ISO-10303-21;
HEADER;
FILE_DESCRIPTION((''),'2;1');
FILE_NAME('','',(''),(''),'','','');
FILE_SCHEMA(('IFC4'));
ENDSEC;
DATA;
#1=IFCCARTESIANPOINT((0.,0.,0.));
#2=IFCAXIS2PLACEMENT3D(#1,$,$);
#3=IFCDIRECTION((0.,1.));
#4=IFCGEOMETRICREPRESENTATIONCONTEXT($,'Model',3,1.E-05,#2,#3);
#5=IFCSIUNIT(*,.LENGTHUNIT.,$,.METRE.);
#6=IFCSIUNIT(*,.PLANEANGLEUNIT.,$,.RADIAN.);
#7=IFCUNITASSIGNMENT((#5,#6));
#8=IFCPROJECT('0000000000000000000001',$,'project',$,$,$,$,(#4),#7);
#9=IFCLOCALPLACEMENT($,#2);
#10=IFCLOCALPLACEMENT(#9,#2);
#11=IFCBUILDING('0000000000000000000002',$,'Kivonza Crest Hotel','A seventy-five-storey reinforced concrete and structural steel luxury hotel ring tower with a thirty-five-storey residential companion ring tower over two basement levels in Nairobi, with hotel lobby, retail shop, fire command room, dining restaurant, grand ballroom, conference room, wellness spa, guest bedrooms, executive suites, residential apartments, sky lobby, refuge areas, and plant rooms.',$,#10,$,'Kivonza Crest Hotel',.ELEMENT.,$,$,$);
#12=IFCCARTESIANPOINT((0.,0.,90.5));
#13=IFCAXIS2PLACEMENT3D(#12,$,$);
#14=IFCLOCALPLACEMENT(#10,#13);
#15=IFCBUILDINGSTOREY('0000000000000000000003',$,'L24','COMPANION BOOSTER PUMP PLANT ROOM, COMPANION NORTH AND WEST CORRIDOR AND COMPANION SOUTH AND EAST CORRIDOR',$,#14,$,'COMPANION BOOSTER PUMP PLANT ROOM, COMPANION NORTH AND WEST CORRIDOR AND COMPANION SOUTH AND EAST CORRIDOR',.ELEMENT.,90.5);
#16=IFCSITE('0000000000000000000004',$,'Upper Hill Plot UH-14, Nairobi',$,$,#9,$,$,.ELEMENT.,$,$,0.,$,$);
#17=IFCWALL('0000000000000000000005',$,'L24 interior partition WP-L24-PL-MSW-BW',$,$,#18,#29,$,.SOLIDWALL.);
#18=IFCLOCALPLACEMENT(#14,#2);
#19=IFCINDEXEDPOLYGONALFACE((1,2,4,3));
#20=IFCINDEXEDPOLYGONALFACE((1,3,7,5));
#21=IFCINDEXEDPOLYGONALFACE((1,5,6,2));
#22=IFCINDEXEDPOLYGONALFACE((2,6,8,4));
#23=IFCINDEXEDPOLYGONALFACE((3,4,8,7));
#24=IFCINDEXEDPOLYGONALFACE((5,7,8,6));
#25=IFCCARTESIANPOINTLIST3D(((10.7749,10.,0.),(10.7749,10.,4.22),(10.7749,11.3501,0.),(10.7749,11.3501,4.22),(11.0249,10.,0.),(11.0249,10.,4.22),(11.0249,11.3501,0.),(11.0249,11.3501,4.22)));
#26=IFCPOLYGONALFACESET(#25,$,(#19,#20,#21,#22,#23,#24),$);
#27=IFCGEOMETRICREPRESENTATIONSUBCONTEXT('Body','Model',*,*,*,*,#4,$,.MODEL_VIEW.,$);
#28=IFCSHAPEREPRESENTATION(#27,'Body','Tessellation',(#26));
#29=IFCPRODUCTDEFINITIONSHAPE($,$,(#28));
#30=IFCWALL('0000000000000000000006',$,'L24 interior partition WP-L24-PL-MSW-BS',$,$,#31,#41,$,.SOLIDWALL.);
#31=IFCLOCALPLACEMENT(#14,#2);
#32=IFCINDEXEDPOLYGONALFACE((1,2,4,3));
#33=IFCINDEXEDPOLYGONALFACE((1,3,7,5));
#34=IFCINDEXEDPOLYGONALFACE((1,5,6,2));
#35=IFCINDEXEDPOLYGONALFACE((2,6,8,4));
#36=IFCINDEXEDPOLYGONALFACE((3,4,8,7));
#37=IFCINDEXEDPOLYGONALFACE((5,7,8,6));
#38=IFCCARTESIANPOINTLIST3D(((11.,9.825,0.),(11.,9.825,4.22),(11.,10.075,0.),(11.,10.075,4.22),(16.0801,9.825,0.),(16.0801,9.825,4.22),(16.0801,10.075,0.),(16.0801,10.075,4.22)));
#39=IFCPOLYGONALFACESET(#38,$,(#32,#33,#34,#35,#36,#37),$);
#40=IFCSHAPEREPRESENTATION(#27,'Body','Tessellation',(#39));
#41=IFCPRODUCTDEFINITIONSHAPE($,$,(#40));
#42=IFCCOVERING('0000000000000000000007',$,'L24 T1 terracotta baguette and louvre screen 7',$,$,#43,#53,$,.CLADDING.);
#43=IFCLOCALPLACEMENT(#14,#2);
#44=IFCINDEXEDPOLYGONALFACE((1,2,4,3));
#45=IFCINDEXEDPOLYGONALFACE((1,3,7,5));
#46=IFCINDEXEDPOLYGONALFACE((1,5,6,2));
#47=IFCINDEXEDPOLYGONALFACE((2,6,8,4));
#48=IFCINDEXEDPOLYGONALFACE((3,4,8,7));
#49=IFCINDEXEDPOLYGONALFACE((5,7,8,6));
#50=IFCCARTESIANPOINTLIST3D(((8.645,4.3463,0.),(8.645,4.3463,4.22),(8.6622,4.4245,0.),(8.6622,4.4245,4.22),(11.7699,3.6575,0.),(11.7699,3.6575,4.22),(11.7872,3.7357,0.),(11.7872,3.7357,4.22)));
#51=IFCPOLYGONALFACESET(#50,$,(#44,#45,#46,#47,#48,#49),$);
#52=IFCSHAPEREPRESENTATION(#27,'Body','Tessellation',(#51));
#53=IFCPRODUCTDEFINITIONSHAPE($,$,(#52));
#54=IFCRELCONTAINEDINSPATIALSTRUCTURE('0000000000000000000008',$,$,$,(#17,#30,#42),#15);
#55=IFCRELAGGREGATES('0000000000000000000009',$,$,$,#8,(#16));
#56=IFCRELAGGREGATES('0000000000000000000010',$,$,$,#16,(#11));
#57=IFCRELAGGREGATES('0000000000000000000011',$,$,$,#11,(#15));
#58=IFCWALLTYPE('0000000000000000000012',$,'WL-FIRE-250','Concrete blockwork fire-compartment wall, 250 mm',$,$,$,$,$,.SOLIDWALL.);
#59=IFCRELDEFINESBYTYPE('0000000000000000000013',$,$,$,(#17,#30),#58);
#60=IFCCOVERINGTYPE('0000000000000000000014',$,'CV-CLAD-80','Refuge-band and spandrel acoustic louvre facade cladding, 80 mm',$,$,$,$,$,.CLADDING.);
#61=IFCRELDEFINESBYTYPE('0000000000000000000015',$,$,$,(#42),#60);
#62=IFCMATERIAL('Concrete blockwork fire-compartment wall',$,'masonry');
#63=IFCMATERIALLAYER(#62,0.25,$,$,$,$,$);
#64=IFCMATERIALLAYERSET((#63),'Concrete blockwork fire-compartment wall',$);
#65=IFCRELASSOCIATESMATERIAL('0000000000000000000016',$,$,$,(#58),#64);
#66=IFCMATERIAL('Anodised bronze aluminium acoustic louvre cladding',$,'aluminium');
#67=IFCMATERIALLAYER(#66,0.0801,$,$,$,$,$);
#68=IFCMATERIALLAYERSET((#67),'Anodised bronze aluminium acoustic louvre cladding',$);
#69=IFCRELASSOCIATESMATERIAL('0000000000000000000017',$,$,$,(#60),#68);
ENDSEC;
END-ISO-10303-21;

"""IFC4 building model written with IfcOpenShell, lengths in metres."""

from ifc_helpers import new_model, si_unit, direction, frame, frame_2d, origin, origin_2d, place, context, subcontext, project, spatial, rectangle, extrude, material, layer, layer_set, type_object, element, save


model = new_model("IFC4")

# Units and contexts
model_context = context("Model", 3, precision=1e-05, world=origin(), true_north=direction((0.0, 1.0)))
body_context = subcontext(model_context, "Body", "Model", "MODEL_VIEW")
ifc_project = project(units=[si_unit("LENGTHUNIT", "METRE"), si_unit("PLANEANGLEUNIT", "RADIAN")], contexts=[model_context])

# Site, building, storey
site_placement = place(None, origin())
site = spatial("IfcSite", under=ifc_project, at=site_placement, Name="Upper Hill Plot UH-14, Nairobi", CompositionType="ELEMENT", RefElevation=0.0)
building_placement = place(site_placement, origin())
building = spatial("IfcBuilding", under=site, at=building_placement, Name="Kivonza Crest Hotel", Description="A seventy-five-storey reinforced concrete and structural steel luxury hotel ring tower with a thirty-five-storey residential companion ring tower over two basement levels in Nairobi, with hotel lobby, retail shop, fire command room, dining restaurant, grand ballroom, conference room, wellness spa, guest bedrooms, executive suites, residential apartments, sky lobby, refuge areas, and plant rooms.", LongName="Kivonza Crest Hotel", CompositionType="ELEMENT")
storey_placement = place(building_placement, frame((0.0, 0.0, 90.5)))
storey = spatial("IfcBuildingStorey", under=building, at=storey_placement, Name="L24", Description="COMPANION BOOSTER PUMP PLANT ROOM, COMPANION NORTH AND WEST CORRIDOR AND COMPANION SOUTH AND EAST CORRIDOR", LongName="COMPANION BOOSTER PUMP PLANT ROOM, COMPANION NORTH AND WEST CORRIDOR AND COMPANION SOUTH AND EAST CORRIDOR", CompositionType="ELEMENT", Elevation=90.5)

# Walls
ifc_material_1 = material(Name="Concrete blockwork fire-compartment wall", Category="masonry")
ifc_layer_1 = layer(ifc_material_1, 0.25)
ifc_layer_set_1 = layer_set([ifc_layer_1], Name="Concrete blockwork fire-compartment wall")
wall_type_1 = type_object("IfcWallType", Name="WL-FIRE-250", Description="Concrete blockwork fire-compartment wall, 250 mm", PredefinedType="SOLIDWALL", material=ifc_layer_set_1)
wall_1_placement = place(storey_placement, frame((10.8999, 10.0, 0.0), z_axis=(0.0, 0.0, 1.0), x_axis=(0.0, 1.0, 0.0)))
element("IfcWall", 1, at=wall_1_placement, inside=storey, type_object=wall_type_1, Name="L24 interior partition WP-L24-PL-MSW-BW", PredefinedType="SOLIDWALL", context=body_context, shape_type="SweptSolid", body=[
    extrude(rectangle(XDim=1.3501, YDim=0.25, at=frame_2d((0.675, 0.0))), origin(), (0.0, 0.0, 1.0), 4.22),
])
wall_2_placement = place(storey_placement, frame((11.0, 9.95, 0.0), z_axis=(0.0, 0.0, 1.0), x_axis=(1.0, 0.0, 0.0)))
element("IfcWall", 2, at=wall_2_placement, inside=storey, type_object=wall_type_1, Name="L24 interior partition WP-L24-PL-MSW-BS", PredefinedType="SOLIDWALL", context=body_context, shape_type="SweptSolid", body=[
    extrude(rectangle(XDim=5.0801, YDim=0.25, at=frame_2d((2.54, 0.0))), origin(), (0.0, 0.0, 1.0), 4.22),
])

# Covering
ifc_material_2 = material(Name="Anodised bronze aluminium acoustic louvre cladding", Category="aluminium")
ifc_layer_2 = layer(ifc_material_2, 0.0801)
ifc_layer_set_2 = layer_set([ifc_layer_2], Name="Anodised bronze aluminium acoustic louvre cladding")
covering_type = type_object("IfcCoveringType", Name="CV-CLAD-80", Description="Refuge-band and spandrel acoustic louvre facade cladding, 80 mm", PredefinedType="CLADDING", material=ifc_layer_set_2)
covering_placement = place(storey_placement, frame((10.2161, 4.041, 0.0), z_axis=(0.0, 0.0, 1.0), x_axis=(0.97656, -0.215247, 0.0)))
element("IfcCovering", 3, at=covering_placement, inside=storey, type_object=covering_type, Name="L24 T1 terracotta baguette and louvre screen 7", PredefinedType="CLADDING", context=body_context, shape_type="SweptSolid", body=[
    extrude(rectangle(XDim=3.2, YDim=0.0801, at=origin_2d()), origin(), (0.0, 0.0, 1.0), 4.22),
])

save(model, "model.ifc")
